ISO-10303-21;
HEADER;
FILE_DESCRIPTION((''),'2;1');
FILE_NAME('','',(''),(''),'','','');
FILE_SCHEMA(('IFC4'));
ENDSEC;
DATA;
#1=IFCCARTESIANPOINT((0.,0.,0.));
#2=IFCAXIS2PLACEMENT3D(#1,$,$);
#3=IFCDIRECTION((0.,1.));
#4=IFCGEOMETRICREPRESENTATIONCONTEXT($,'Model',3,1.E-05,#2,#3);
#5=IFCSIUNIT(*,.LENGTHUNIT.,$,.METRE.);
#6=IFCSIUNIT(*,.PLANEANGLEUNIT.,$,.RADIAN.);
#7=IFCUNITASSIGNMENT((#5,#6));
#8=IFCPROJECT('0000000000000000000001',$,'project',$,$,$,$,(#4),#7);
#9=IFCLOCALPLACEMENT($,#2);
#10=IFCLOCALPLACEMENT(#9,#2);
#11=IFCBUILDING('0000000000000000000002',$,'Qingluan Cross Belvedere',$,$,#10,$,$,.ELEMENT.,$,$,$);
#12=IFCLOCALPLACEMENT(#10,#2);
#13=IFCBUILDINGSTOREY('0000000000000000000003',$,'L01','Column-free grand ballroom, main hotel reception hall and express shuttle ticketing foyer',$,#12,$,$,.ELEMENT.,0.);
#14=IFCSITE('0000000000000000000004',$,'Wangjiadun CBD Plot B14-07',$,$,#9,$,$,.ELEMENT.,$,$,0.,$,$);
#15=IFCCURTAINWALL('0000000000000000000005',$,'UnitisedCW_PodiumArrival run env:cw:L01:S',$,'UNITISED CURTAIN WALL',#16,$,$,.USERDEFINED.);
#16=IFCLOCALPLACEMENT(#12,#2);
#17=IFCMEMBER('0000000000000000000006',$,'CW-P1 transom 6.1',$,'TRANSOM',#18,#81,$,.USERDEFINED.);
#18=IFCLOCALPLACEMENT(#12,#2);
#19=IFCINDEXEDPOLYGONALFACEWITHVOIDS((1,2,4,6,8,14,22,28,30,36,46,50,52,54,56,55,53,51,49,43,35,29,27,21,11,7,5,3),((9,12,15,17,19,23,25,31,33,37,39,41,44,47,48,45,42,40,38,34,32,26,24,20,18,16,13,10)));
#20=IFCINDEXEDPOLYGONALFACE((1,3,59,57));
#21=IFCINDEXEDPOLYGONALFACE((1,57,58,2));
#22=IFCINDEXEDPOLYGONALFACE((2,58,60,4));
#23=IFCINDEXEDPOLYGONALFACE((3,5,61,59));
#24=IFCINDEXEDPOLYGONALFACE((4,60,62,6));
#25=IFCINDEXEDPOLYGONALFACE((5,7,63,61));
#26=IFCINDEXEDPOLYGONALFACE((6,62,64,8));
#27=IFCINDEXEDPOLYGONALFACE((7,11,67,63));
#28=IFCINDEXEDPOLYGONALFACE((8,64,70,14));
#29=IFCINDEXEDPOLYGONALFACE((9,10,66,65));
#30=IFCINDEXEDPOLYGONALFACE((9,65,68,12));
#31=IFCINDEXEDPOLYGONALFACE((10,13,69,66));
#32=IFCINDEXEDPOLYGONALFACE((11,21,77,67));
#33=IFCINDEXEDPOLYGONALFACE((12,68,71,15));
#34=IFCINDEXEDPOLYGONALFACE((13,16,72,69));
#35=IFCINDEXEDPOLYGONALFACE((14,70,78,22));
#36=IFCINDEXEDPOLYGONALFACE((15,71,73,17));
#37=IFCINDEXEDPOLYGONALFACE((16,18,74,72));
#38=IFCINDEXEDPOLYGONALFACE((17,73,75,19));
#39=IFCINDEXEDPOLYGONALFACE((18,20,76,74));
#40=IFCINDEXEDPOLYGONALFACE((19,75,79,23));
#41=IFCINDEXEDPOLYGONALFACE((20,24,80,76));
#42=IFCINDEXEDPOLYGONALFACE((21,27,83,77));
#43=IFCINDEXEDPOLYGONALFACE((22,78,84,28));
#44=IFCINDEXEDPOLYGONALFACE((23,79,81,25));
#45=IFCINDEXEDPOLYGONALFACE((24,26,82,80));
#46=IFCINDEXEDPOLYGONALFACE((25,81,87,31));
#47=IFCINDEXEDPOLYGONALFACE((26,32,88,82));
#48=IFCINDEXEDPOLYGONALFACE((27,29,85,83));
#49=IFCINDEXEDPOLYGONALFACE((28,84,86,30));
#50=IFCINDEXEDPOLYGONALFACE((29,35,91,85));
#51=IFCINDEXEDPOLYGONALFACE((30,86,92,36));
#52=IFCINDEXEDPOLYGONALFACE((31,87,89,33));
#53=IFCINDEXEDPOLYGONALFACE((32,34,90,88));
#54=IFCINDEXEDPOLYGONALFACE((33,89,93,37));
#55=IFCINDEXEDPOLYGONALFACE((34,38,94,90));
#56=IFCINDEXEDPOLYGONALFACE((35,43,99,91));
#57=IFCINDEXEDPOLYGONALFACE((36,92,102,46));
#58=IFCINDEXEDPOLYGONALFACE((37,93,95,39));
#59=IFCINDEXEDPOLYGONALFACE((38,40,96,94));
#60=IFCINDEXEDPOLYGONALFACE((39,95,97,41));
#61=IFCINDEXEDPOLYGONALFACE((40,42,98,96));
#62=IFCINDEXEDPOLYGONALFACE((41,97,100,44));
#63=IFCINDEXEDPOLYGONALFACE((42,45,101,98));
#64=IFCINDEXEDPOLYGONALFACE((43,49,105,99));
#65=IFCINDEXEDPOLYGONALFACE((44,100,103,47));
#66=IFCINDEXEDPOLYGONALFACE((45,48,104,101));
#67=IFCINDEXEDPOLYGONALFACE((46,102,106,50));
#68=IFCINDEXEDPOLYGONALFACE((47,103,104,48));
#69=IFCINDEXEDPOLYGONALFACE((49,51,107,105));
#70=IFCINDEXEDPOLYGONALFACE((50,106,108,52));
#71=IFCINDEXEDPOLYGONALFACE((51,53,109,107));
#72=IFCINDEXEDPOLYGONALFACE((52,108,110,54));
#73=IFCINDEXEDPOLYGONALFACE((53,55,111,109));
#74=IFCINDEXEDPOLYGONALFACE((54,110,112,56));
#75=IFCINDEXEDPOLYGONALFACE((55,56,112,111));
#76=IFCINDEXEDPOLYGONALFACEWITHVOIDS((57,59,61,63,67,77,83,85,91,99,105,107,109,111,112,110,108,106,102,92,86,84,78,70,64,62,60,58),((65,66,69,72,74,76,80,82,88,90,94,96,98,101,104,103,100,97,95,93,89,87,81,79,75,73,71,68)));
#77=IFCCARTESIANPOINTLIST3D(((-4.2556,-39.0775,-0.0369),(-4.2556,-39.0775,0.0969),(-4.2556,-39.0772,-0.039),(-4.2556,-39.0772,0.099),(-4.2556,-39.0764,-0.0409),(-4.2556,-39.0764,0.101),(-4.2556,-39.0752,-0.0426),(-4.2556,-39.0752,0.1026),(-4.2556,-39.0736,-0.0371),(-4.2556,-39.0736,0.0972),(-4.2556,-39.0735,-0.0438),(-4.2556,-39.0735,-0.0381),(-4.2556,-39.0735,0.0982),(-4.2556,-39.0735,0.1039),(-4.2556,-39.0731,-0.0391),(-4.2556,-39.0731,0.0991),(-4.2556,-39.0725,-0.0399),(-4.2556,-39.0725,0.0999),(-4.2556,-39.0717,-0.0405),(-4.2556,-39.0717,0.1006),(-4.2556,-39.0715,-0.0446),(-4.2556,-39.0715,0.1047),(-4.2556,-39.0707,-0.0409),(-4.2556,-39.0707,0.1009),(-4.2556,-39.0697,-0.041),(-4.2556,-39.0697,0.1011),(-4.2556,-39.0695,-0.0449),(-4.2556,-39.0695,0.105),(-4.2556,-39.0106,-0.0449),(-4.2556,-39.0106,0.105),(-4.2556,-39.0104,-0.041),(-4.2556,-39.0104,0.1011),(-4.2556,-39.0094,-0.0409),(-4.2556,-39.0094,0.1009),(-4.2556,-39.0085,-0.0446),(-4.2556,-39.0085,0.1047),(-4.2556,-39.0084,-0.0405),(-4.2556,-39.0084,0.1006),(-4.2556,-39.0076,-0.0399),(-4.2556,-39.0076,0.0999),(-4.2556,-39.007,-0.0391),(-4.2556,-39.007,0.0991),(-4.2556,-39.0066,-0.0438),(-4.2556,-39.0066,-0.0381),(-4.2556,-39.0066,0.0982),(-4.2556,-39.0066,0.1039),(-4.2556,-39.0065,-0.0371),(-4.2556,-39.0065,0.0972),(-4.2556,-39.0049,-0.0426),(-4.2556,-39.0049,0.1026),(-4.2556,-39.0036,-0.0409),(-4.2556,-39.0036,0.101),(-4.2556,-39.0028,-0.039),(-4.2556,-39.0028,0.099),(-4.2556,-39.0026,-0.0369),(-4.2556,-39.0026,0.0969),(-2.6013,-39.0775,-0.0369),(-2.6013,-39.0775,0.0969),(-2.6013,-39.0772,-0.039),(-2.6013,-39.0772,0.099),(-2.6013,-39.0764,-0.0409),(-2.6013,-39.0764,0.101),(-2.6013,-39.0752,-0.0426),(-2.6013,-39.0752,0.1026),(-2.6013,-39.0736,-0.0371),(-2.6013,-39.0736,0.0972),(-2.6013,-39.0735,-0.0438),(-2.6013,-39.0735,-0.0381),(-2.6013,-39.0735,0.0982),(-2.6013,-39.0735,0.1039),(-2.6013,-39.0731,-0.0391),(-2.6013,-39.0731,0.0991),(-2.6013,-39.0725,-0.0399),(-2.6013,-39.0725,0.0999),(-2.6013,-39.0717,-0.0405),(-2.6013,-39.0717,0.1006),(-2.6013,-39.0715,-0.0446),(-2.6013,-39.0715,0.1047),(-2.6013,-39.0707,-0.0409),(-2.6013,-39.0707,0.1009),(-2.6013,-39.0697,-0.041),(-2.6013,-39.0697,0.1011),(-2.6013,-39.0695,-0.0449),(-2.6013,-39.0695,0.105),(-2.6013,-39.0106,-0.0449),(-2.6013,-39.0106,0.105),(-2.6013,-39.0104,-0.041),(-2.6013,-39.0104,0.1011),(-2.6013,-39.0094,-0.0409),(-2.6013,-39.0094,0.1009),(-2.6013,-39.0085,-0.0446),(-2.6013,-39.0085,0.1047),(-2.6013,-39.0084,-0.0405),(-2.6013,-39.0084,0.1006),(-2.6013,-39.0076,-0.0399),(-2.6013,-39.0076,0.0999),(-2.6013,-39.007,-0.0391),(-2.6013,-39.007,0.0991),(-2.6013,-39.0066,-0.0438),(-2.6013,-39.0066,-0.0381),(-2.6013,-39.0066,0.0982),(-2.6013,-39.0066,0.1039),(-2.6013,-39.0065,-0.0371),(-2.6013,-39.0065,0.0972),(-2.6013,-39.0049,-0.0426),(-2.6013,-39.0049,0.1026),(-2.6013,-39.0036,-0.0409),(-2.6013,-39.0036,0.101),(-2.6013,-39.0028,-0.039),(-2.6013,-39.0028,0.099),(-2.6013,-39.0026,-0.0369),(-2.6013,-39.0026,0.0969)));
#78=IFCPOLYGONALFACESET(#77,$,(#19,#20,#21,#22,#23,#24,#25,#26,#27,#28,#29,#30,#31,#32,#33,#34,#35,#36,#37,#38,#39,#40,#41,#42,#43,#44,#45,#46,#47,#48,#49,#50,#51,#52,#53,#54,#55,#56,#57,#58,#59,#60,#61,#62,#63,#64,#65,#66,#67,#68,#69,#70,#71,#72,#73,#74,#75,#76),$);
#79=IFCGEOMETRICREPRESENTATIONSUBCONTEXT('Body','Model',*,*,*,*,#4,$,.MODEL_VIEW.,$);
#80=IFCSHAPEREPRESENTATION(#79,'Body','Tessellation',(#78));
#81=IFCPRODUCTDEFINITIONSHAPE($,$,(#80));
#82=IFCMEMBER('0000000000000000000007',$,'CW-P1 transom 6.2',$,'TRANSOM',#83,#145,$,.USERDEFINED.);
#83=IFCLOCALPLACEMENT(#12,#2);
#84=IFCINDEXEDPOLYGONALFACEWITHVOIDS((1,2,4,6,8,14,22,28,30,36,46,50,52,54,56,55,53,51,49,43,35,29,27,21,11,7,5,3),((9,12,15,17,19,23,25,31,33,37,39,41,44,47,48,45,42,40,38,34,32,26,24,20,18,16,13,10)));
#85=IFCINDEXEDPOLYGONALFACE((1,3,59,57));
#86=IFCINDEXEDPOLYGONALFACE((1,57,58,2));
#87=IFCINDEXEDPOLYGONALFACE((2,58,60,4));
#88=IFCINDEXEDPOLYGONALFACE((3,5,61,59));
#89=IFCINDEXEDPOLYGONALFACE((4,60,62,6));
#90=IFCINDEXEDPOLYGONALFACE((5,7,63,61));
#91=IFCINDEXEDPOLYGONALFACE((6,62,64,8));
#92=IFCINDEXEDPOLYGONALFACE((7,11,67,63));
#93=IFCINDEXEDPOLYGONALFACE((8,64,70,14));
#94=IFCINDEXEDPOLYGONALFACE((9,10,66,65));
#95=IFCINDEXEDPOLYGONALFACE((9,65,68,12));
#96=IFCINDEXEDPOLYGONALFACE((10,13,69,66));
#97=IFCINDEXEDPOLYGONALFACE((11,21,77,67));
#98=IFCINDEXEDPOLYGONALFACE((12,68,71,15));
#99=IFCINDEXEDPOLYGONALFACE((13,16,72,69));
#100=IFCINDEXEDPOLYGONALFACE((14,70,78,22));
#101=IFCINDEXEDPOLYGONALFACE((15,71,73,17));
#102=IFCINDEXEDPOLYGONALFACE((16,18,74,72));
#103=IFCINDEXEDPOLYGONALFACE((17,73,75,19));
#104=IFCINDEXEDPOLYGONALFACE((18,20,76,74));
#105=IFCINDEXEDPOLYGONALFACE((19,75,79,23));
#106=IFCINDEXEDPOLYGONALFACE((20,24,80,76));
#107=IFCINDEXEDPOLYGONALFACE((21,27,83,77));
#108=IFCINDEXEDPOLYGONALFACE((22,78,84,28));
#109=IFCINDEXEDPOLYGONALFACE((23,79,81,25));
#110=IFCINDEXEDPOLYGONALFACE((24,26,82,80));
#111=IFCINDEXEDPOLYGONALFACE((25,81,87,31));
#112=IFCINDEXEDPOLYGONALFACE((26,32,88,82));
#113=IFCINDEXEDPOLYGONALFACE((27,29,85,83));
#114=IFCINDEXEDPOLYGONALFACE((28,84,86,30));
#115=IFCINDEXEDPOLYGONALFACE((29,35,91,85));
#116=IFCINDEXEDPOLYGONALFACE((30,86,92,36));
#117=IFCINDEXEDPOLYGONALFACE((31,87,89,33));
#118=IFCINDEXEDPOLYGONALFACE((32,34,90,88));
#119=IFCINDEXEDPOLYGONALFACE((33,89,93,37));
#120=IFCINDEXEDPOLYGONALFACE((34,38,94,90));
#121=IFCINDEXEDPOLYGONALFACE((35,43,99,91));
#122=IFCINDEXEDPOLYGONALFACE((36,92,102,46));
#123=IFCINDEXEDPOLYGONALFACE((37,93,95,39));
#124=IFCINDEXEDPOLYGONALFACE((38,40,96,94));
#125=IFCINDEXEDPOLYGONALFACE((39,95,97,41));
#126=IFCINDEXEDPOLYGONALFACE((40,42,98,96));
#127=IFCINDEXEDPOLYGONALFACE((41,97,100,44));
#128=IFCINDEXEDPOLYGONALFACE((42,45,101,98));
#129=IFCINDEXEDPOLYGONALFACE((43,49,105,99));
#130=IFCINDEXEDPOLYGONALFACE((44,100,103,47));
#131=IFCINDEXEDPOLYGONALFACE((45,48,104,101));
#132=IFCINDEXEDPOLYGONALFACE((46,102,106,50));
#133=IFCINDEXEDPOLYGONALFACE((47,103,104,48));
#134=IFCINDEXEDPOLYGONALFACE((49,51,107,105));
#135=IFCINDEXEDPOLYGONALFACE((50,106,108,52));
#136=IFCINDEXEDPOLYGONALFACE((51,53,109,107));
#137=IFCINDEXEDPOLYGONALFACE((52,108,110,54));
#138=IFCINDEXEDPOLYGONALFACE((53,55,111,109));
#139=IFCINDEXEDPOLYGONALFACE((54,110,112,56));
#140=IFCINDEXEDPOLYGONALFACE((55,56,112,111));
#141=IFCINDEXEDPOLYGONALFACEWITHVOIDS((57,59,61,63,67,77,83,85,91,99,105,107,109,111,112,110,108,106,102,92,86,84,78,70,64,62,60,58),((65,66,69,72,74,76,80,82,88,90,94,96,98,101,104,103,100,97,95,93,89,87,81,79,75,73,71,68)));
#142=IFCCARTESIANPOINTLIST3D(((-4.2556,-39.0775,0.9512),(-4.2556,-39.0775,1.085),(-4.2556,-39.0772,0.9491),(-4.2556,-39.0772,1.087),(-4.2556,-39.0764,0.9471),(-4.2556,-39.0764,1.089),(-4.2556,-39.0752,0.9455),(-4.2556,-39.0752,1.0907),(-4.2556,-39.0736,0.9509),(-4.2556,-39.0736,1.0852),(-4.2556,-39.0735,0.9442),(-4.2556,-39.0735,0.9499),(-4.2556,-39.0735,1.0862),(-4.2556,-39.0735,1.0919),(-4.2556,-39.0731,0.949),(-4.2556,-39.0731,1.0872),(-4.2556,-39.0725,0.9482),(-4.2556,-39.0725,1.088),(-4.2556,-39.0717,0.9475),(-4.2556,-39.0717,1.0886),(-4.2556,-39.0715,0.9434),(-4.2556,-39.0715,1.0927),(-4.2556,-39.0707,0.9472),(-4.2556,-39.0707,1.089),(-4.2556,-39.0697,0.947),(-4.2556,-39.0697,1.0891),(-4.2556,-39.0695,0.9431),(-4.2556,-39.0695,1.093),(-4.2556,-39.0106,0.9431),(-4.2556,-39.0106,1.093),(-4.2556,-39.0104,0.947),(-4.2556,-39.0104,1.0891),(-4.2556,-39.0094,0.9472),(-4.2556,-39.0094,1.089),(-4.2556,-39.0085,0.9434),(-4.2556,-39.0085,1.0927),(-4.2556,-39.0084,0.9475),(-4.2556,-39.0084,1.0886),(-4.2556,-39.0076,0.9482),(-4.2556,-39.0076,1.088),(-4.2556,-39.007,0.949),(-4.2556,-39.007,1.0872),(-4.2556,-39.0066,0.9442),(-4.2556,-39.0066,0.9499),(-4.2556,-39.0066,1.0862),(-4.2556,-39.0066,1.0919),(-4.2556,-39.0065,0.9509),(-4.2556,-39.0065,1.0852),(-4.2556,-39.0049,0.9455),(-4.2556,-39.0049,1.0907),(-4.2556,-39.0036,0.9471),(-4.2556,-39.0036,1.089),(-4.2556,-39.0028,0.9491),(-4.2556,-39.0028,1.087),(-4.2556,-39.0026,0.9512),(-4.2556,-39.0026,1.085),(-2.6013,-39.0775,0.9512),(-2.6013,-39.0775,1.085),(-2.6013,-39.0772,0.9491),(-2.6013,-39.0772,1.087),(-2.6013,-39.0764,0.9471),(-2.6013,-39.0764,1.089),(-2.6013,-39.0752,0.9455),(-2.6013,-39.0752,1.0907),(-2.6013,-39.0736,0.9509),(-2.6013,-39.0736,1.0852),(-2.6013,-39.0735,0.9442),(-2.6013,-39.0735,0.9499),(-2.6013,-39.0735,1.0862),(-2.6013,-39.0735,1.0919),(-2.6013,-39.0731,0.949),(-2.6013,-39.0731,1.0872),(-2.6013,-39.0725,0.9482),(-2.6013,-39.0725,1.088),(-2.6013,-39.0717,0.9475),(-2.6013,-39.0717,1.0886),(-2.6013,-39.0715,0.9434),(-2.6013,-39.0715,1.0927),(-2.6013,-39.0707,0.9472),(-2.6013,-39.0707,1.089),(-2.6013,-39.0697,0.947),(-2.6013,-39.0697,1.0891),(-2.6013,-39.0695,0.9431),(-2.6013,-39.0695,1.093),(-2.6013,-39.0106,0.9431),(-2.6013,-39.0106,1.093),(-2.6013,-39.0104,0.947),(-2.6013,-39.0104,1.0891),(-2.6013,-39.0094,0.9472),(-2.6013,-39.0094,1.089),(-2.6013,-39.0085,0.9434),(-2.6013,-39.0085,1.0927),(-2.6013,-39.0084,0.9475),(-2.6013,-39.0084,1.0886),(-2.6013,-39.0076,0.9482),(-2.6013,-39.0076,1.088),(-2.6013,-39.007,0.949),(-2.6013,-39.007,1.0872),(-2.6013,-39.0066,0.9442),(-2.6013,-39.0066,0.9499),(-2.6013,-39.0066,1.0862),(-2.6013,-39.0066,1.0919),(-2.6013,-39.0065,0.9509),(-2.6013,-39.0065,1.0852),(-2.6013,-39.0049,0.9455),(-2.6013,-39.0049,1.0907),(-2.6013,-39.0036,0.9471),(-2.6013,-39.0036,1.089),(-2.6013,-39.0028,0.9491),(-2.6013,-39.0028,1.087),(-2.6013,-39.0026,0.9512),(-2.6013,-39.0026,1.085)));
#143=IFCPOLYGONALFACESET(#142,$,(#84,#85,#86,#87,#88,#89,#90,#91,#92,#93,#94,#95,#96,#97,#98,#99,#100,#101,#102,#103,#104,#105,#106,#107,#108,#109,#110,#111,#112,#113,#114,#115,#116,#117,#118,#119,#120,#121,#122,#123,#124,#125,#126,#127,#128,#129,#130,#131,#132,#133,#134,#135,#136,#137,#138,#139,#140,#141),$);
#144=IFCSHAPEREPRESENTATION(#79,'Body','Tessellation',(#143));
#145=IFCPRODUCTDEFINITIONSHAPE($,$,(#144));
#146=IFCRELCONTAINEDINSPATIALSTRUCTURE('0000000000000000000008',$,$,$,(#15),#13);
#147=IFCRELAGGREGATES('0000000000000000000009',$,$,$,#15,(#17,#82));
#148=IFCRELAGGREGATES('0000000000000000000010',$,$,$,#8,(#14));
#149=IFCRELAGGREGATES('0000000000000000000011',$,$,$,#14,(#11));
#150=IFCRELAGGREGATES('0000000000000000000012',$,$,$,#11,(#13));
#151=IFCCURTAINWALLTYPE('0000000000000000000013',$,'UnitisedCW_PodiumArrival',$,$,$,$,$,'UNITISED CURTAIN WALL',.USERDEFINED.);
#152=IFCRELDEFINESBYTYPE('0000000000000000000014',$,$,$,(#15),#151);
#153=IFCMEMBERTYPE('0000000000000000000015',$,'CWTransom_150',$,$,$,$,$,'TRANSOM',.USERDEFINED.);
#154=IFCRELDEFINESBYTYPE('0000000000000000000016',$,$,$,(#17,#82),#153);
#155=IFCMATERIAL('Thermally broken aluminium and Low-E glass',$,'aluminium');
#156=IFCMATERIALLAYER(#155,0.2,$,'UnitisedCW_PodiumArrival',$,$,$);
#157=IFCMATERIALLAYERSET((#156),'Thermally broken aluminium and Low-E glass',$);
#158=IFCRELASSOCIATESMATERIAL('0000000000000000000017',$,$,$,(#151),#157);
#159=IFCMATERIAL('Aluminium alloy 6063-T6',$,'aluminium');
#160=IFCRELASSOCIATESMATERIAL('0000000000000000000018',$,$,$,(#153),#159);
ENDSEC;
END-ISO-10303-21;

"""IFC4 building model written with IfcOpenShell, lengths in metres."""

from ifc_helpers import new_model, si_unit, direction, frame, origin, origin_2d, place, context, subcontext, project, spatial, hollow_rectangle, extrude, material, layer, layer_set, material_profile, profile_set, type_object, element, aggregate, save


model = new_model("IFC4")

# Units and contexts
model_context = context("Model", 3, precision=1e-05, world=origin(), true_north=direction((0.0, 1.0)))
body_context = subcontext(model_context, "Body", "Model", "MODEL_VIEW")
ifc_project = project(units=[si_unit("LENGTHUNIT", "METRE"), si_unit("PLANEANGLEUNIT", "RADIAN")], contexts=[model_context])

# Site, building, storey
site_placement = place(None, origin())
site = spatial("IfcSite", under=ifc_project, at=site_placement, Name="Wangjiadun CBD Plot B14-07", CompositionType="ELEMENT", RefElevation=0.0)
building_placement = place(site_placement, origin())
building = spatial("IfcBuilding", under=site, at=building_placement, Name="Qingluan Cross Belvedere", CompositionType="ELEMENT")
storey_placement = place(building_placement, origin())
storey = spatial("IfcBuildingStorey", under=building, at=storey_placement, Name="L01", Description="Column-free grand ballroom, main hotel reception hall and express shuttle ticketing foyer", CompositionType="ELEMENT", Elevation=0.0)

# Curtain wall, members
ifc_material_1 = material(Name="Thermally broken aluminium and Low-E glass", Category="aluminium")
ifc_layer_1 = layer(ifc_material_1, 0.2, Name="UnitisedCW_PodiumArrival")
ifc_layer_set_1 = layer_set([ifc_layer_1], Name="Thermally broken aluminium and Low-E glass")
curtain_wall_type = type_object("IfcCurtainWallType", Name="UnitisedCW_PodiumArrival", ElementType="UNITISED CURTAIN WALL", PredefinedType="USERDEFINED", material=ifc_layer_set_1)
curtain_wall_placement = place(storey_placement, origin())
curtain_wall = element("IfcCurtainWall", 1, at=curtain_wall_placement, inside=storey, type_object=curtain_wall_type, Name="UnitisedCW_PodiumArrival run env:cw:L01:S", ObjectType="UNITISED CURTAIN WALL", PredefinedType="USERDEFINED")
ifc_material_2 = material(Name="Aluminium alloy 6063-T6", Category="aluminium")
ifc_material_profile_1 = material_profile(ifc_material_2, hollow_rectangle(XDim=0.075, YDim=0.1499, WallThickness=0.0039, InnerFilletRadius=0.0039, OuterFilletRadius=0.0081, at=origin_2d()), Name="CWT150x75x4")
ifc_profile_set_1 = profile_set([ifc_material_profile_1], Name="Aluminium alloy 6063-T6")
member_type_1 = type_object("IfcMemberType", Name="CWTransom_150", ElementType="TRANSOM", PredefinedType="USERDEFINED", material=ifc_profile_set_1)
member_1_placement = place(storey_placement, frame((-2.6013, -39.04, 0.03), z_axis=(-1.0, 0.0, 0.0), x_axis=(0.0, -1.0, 0.0)))
member_1 = element("IfcMember", 2, at=member_1_placement, type_object=member_type_1, Name="CW-P1 transom 6.1", ObjectType="TRANSOM", PredefinedType="USERDEFINED", context=body_context, shape_type="SweptSolid", body=[
    extrude(hollow_rectangle(XDim=0.075, YDim=0.1499, WallThickness=0.0039, InnerFilletRadius=0.0039, OuterFilletRadius=0.0081, at=origin_2d()), origin(), (0.0, 0.0, 1.0), 1.6543),
])
member_2_placement = place(storey_placement, frame((-2.6013, -39.04, 1.0181), z_axis=(-1.0, 0.0, 0.0), x_axis=(0.0, -1.0, 0.0)))
member_2 = element("IfcMember", 3, at=member_2_placement, type_object=member_type_1, Name="CW-P1 transom 6.2", ObjectType="TRANSOM", PredefinedType="USERDEFINED", context=body_context, shape_type="SweptSolid", body=[
    extrude(hollow_rectangle(XDim=0.075, YDim=0.1499, WallThickness=0.0039, InnerFilletRadius=0.0039, OuterFilletRadius=0.0081, at=origin_2d()), origin(), (0.0, 0.0, 1.0), 1.6543),
])

aggregate(curtain_wall, [member_1, member_2])

save(model, "model.ifc")
